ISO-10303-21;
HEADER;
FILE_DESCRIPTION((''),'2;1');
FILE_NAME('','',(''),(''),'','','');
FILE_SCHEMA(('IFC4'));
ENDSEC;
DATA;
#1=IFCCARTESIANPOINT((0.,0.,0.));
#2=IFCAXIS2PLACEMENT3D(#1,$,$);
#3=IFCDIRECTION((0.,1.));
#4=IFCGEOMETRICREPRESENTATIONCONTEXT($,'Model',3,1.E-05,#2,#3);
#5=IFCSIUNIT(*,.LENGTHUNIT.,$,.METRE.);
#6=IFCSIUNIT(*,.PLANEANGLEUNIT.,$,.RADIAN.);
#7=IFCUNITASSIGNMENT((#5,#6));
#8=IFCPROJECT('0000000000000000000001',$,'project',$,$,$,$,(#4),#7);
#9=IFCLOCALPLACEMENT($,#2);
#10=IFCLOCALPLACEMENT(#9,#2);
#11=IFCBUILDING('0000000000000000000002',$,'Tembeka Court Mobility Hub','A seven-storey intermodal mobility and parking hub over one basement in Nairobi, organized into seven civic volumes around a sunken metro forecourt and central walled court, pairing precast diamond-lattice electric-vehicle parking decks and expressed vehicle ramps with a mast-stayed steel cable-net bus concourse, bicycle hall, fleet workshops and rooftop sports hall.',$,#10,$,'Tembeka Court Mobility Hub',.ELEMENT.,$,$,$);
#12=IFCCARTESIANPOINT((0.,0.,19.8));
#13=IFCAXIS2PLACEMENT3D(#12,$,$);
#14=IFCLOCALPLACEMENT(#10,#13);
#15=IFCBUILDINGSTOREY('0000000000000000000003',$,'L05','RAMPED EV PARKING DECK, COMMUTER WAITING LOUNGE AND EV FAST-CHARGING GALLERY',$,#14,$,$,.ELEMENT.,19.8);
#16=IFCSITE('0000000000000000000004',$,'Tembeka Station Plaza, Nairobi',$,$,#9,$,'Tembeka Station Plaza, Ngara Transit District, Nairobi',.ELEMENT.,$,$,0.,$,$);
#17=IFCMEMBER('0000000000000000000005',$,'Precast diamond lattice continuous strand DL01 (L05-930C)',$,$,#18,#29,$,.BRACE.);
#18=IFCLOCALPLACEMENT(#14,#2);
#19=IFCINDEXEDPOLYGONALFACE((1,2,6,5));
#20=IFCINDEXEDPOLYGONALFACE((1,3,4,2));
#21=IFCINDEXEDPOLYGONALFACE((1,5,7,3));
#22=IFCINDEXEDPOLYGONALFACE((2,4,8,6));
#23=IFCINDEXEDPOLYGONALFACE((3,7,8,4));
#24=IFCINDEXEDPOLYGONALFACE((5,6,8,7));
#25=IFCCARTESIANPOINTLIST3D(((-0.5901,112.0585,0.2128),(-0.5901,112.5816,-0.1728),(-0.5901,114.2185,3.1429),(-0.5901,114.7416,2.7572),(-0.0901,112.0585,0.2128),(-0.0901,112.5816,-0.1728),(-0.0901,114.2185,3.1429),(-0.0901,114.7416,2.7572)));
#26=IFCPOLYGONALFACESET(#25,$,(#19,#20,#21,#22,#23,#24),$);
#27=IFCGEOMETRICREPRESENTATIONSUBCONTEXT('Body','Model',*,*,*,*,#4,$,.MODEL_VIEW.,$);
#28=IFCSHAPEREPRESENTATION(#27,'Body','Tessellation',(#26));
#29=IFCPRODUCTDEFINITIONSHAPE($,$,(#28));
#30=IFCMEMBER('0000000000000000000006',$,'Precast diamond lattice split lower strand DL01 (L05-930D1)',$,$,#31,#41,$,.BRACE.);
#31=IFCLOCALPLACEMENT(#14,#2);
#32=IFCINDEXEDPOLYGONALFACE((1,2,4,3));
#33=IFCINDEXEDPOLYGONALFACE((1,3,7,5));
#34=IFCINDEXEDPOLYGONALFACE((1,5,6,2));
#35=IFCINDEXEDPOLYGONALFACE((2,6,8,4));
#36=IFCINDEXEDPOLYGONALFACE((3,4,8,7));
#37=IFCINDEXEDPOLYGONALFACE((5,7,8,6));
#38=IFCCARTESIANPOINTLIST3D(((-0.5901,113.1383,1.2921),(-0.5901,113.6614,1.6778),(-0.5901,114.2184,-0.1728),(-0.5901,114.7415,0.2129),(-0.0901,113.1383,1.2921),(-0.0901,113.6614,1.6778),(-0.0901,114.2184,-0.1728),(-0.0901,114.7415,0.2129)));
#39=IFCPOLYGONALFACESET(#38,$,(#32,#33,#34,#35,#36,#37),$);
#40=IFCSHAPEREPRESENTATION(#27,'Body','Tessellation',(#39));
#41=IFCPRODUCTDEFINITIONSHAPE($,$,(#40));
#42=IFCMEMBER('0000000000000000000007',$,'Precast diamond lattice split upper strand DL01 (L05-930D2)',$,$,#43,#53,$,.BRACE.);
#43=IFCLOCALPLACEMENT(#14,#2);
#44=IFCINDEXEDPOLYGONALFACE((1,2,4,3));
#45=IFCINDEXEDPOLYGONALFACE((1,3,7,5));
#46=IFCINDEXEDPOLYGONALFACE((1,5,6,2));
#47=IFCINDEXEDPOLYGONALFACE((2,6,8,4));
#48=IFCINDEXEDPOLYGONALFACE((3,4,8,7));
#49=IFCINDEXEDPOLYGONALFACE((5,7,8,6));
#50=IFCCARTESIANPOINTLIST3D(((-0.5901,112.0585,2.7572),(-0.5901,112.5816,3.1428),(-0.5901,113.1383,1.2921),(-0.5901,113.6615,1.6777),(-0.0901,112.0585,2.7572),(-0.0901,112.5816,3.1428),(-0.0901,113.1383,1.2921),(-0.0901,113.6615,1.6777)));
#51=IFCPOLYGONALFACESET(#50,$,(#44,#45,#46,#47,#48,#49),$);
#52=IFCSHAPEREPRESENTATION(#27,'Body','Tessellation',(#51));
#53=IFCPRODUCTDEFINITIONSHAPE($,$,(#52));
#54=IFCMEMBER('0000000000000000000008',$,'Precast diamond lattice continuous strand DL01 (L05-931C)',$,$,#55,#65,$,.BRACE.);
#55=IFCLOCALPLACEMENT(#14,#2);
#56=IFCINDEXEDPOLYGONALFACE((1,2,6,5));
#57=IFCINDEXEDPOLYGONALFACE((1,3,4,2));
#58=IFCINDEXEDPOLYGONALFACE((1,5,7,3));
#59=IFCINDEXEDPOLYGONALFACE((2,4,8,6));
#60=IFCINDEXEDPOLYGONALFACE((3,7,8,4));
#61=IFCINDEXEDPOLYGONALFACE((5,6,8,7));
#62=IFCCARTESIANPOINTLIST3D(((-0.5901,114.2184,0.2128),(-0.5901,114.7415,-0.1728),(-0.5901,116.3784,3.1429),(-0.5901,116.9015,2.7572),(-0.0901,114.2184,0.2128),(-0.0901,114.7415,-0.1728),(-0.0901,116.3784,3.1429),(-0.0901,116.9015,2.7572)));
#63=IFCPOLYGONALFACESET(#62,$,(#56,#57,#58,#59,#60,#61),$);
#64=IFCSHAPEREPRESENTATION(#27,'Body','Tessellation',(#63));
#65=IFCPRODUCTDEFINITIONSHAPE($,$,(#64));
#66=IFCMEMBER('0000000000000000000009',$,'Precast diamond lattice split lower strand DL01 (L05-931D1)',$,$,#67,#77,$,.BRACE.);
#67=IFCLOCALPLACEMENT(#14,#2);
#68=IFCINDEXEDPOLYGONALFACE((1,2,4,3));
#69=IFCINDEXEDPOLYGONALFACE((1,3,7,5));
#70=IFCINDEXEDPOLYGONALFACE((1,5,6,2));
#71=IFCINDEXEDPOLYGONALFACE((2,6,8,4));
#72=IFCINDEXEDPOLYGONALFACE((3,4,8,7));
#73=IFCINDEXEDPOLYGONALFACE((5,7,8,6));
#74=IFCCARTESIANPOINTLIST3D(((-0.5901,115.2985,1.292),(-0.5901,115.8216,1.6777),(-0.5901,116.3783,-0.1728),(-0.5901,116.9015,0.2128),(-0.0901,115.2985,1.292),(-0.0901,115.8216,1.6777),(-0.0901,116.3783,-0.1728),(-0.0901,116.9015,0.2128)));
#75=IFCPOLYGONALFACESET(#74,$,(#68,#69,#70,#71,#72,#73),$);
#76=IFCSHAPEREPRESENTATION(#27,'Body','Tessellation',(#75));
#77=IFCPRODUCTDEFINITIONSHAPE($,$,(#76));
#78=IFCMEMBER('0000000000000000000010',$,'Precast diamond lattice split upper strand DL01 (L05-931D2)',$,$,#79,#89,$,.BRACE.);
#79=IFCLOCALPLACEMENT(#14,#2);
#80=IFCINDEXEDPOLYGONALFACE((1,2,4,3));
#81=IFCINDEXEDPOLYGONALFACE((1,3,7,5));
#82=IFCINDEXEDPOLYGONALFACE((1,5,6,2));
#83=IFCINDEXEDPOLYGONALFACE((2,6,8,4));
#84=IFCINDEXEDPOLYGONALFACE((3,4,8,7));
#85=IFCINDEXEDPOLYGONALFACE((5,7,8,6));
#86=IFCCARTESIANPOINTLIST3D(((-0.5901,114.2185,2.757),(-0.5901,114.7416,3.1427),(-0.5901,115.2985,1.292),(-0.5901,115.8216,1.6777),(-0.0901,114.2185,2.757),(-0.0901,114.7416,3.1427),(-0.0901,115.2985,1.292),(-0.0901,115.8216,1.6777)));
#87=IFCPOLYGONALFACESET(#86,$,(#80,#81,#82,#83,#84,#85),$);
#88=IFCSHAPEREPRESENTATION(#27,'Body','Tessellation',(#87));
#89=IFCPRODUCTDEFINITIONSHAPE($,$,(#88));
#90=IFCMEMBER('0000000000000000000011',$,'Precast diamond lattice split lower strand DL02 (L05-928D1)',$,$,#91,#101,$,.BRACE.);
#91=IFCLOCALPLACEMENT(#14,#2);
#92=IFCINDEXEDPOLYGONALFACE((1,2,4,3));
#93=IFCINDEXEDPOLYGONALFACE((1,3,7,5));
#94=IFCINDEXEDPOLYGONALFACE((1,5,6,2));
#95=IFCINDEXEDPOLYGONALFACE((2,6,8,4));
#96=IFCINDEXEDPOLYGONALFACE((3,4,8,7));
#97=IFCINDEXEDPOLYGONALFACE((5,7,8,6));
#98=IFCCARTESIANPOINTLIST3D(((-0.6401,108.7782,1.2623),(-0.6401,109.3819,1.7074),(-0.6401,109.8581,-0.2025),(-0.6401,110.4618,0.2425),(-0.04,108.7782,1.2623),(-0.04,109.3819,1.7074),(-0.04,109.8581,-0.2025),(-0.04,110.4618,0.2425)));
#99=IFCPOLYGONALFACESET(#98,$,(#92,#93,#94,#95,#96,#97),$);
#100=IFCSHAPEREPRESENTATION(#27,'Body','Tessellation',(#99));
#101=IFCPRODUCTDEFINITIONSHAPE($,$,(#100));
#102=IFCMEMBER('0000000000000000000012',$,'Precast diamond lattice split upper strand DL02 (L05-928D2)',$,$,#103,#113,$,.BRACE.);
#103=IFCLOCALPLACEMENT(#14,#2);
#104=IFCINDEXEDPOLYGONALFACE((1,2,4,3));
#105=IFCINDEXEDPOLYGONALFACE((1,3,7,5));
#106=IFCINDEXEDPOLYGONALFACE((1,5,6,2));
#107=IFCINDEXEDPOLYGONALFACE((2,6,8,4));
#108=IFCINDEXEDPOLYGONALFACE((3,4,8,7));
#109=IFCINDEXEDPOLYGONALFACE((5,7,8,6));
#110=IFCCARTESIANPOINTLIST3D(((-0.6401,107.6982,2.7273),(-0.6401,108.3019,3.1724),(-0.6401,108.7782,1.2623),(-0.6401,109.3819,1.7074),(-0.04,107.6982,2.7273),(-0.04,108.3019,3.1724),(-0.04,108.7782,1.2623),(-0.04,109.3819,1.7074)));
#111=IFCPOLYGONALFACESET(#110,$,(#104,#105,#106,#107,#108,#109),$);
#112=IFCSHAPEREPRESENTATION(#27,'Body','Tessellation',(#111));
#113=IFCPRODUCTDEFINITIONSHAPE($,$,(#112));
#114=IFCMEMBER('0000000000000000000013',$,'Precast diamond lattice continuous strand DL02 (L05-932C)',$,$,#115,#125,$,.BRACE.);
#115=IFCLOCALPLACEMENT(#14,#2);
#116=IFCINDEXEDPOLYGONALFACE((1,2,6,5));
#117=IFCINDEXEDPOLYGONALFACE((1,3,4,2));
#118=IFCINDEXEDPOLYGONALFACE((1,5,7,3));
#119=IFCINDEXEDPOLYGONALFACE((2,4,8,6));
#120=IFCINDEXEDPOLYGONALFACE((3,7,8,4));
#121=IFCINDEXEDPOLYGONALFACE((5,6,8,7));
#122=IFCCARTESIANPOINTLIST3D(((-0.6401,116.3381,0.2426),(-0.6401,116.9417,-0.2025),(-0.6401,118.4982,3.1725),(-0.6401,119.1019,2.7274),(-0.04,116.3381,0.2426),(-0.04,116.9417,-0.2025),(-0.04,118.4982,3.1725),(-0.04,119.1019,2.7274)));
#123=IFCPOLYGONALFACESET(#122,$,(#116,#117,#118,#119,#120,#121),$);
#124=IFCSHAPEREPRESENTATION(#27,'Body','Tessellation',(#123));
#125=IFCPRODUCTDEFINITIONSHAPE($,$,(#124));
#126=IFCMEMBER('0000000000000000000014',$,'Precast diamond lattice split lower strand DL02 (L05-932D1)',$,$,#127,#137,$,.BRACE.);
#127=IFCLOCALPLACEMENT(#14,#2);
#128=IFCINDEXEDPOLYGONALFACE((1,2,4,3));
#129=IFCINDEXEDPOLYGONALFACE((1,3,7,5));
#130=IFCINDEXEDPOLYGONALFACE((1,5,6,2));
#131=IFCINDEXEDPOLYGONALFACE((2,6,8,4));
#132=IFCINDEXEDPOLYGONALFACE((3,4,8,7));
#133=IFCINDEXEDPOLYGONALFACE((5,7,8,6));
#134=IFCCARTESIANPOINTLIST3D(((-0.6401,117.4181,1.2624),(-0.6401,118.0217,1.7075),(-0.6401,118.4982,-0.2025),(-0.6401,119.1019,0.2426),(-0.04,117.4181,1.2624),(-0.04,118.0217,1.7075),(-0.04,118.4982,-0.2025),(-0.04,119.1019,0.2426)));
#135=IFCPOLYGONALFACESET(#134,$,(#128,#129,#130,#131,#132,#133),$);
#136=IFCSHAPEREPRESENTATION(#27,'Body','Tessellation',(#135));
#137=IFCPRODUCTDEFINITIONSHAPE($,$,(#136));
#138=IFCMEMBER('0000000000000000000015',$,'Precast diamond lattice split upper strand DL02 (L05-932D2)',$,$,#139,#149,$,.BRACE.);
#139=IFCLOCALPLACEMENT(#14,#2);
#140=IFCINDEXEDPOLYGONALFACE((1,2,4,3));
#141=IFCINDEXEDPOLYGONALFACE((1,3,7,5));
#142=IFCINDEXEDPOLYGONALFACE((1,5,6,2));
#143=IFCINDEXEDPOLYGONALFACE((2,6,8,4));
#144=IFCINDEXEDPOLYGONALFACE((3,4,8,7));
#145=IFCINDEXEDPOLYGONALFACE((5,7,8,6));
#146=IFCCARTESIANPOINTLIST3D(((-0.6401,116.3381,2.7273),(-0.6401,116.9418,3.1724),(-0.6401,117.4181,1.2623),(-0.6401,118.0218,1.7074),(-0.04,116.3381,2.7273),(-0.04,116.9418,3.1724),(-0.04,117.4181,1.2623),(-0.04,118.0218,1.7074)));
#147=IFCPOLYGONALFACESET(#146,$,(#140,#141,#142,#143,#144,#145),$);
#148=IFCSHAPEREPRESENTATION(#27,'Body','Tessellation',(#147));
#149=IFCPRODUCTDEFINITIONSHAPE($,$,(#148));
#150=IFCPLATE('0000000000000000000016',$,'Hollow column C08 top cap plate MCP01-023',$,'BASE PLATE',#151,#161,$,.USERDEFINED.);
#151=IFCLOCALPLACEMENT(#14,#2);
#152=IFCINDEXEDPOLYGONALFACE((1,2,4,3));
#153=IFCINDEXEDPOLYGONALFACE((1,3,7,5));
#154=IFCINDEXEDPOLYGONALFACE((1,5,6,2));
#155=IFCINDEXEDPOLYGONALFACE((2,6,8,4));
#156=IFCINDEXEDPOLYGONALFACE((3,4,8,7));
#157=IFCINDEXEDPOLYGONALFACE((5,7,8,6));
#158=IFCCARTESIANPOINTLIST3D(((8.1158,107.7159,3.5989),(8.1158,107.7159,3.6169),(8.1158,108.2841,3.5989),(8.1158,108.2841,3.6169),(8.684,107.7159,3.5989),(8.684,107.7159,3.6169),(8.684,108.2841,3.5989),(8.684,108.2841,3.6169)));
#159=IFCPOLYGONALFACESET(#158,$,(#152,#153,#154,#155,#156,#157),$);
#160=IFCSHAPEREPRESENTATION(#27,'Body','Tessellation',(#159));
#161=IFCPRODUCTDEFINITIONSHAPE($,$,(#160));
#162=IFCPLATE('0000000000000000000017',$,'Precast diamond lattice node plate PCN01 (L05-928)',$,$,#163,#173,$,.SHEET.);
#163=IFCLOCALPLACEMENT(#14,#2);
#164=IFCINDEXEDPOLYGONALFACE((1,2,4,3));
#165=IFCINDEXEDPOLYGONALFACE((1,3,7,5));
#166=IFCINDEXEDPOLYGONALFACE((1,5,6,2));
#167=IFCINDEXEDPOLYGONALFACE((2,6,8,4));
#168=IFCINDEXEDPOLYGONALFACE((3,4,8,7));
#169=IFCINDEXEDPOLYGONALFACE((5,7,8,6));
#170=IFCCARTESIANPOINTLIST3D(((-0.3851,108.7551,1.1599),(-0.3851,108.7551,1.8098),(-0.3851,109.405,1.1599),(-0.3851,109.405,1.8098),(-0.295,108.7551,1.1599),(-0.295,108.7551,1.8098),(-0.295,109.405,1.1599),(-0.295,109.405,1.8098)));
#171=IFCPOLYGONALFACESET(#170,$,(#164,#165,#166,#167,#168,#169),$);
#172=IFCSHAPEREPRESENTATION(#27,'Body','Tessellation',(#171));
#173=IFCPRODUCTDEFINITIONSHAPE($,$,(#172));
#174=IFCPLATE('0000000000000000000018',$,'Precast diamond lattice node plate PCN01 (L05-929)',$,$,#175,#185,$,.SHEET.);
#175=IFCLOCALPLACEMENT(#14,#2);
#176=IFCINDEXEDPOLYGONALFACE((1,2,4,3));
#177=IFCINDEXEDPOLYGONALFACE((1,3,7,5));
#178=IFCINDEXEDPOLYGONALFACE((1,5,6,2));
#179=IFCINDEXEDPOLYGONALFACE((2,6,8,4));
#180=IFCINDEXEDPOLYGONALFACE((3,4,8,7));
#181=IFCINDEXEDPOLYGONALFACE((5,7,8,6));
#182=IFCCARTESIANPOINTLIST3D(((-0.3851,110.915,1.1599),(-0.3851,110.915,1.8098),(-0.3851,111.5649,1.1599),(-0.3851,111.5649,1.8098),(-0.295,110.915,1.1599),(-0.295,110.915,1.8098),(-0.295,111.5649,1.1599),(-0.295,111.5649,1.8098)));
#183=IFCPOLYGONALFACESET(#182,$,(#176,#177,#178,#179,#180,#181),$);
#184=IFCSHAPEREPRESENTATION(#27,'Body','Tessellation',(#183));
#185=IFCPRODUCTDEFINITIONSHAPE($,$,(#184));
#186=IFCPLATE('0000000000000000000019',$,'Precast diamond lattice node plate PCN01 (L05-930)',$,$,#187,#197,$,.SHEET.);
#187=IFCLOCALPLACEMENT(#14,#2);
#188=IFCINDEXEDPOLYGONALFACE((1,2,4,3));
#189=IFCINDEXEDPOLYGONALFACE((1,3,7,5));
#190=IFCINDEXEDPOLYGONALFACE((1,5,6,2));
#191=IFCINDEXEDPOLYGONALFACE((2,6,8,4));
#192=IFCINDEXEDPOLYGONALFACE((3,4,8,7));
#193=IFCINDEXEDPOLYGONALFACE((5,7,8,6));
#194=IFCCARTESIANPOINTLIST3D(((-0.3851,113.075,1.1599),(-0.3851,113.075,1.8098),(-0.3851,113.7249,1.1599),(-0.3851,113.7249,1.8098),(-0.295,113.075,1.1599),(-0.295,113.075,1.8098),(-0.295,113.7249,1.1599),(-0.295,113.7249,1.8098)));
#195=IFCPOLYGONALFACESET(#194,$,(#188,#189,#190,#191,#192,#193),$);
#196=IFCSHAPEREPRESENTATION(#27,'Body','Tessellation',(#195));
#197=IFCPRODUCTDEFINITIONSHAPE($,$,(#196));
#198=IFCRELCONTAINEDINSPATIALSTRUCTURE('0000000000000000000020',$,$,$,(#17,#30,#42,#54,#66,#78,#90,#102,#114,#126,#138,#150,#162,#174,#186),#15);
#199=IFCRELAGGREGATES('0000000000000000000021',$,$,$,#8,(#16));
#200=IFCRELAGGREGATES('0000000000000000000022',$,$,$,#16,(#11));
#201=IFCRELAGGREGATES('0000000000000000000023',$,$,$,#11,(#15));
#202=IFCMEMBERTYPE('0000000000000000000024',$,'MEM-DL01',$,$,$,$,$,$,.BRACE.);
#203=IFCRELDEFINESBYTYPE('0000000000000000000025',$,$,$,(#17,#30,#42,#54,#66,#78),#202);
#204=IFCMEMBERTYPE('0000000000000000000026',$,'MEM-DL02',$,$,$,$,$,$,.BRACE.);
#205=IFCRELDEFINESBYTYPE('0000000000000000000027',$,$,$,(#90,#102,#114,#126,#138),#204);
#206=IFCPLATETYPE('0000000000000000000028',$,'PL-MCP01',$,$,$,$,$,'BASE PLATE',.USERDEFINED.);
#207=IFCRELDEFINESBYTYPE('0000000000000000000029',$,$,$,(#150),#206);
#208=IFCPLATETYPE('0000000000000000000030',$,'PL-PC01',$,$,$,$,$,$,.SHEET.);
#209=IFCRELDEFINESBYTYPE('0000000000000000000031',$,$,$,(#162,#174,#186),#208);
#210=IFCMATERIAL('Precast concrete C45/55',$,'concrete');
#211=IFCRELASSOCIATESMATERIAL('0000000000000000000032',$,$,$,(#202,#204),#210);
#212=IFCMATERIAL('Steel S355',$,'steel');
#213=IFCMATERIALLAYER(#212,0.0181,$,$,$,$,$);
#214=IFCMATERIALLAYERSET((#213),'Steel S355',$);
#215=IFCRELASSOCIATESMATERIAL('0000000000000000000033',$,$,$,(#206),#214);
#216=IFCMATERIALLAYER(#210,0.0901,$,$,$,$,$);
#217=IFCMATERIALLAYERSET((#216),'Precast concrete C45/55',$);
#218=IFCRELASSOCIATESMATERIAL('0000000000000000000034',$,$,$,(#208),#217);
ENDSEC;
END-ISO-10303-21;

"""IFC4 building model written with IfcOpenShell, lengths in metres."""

from ifc_helpers import new_model, si_unit, direction, frame, origin, origin_2d, place, context, subcontext, project, spatial, rectangle, extrude, material, layer, layer_set, material_profile, profile_set, type_object, element, save


model = new_model("IFC4")

# Units and contexts
model_context = context("Model", 3, precision=1e-05, world=origin(), true_north=direction((0.0, 1.0)))
body_context = subcontext(model_context, "Body", "Model", "MODEL_VIEW")
ifc_project = project(units=[si_unit("LENGTHUNIT", "METRE"), si_unit("PLANEANGLEUNIT", "RADIAN")], contexts=[model_context])

# Site, building, storey
site_placement = place(None, origin())
site = spatial("IfcSite", under=ifc_project, at=site_placement, Name="Tembeka Station Plaza, Nairobi", LongName="Tembeka Station Plaza, Ngara Transit District, Nairobi", CompositionType="ELEMENT", RefElevation=0.0)
building_placement = place(site_placement, origin())
building = spatial("IfcBuilding", under=site, at=building_placement, Name="Tembeka Court Mobility Hub", Description="A seven-storey intermodal mobility and parking hub over one basement in Nairobi, organized into seven civic volumes around a sunken metro forecourt and central walled court, pairing precast diamond-lattice electric-vehicle parking decks and expressed vehicle ramps with a mast-stayed steel cable-net bus concourse, bicycle hall, fleet workshops and rooftop sports hall.", LongName="Tembeka Court Mobility Hub", CompositionType="ELEMENT")
storey_placement = place(building_placement, frame((0.0, 0.0, 19.8)))
storey = spatial("IfcBuildingStorey", under=building, at=storey_placement, Name="L05", Description="RAMPED EV PARKING DECK, COMMUTER WAITING LOUNGE AND EV FAST-CHARGING GALLERY", CompositionType="ELEMENT", Elevation=19.8)

# Shared definitions
ifc_material_1 = material(Name="Steel S355", Category="steel")

# Members
ifc_material_2 = material(Name="Precast concrete C45/55", Category="concrete")
ifc_material_profile_1 = material_profile(ifc_material_2, rectangle(XDim=0.5, YDim=0.6499, at=origin_2d()), Name="PC-DIAG 500x650")
ifc_profile_set_1 = profile_set([ifc_material_profile_1], Name="Precast concrete C45/55")
member_type_1 = type_object("IfcMemberType", Name="MEM-DL01", PredefinedType="BRACE", material=ifc_profile_set_1)
member_1_placement = place(storey_placement, frame((-0.3401, 112.3201, 0.02), z_axis=(0.0, 0.59338, 0.804923), x_axis=(-1.0, 0.0, 0.0)))
element("IfcMember", 1, at=member_1_placement, inside=storey, type_object=member_type_1, Name="Precast diamond lattice continuous strand DL01 (L05-930C)", PredefinedType="BRACE", context=body_context, shape_type="SweptSolid", body=[
    extrude(rectangle(XDim=0.5, YDim=0.6499, at=origin_2d()), origin(), (0.0, 0.0, 1.0), 3.6401),
])
for number, where, z_axis, x_axis, name in (
    (2, (-0.3401, 114.48, 0.02), (0.0, -0.593455, 0.804867), (1.0, 0.0, 0.0), "Precast diamond lattice split lower strand DL01 (L05-930D1)"),
    (3, (-0.3401, 113.3999, 1.4849), (0.0, -0.593304, 0.804978), (1.0, 0.0, 0.0), "Precast diamond lattice split upper strand DL01 (L05-930D2)"),
):
    element("IfcMember", number, at=place(storey_placement, frame(where, z_axis=z_axis, x_axis=x_axis)), inside=storey, type_object=member_type_1, Name=name, PredefinedType="BRACE", context=body_context, shape_type="SweptSolid", body=[
        extrude(rectangle(XDim=0.5, YDim=0.6499, at=origin_2d()), origin(), (0.0, 0.0, 1.0), 1.8201),
    ])
member_2_placement = place(storey_placement, frame((-0.3401, 114.48, 0.02), z_axis=(0.0, 0.59338, 0.804923), x_axis=(-1.0, 0.0, 0.0)))
element("IfcMember", 4, at=member_2_placement, inside=storey, type_object=member_type_1, Name="Precast diamond lattice continuous strand DL01 (L05-931C)", PredefinedType="BRACE", context=body_context, shape_type="SweptSolid", body=[
    extrude(rectangle(XDim=0.5, YDim=0.6499, at=origin_2d()), origin(), (0.0, 0.0, 1.0), 3.6401),
])
member_3_placement = place(storey_placement, frame((-0.3401, 116.6399, 0.02), z_axis=(0.0, -0.593368, 0.804931), x_axis=(1.0, 0.0, 0.0)))
element("IfcMember", 5, at=member_3_placement, inside=storey, type_object=member_type_1, Name="Precast diamond lattice split lower strand DL01 (L05-931D1)", PredefinedType="BRACE", context=body_context, shape_type="SweptSolid", body=[
    extrude(rectangle(XDim=0.5, YDim=0.6499, at=origin_2d()), origin(), (0.0, 0.0, 1.0), 1.8198),
])
member_4_placement = place(storey_placement, frame((-0.3401, 115.5601, 1.4849), z_axis=(0.0, -0.593391, 0.804914), x_axis=(1.0, 0.0, 0.0)))
element("IfcMember", 6, at=member_4_placement, inside=storey, type_object=member_type_1, Name="Precast diamond lattice split upper strand DL01 (L05-931D2)", PredefinedType="BRACE", context=body_context, shape_type="SweptSolid", body=[
    extrude(rectangle(XDim=0.5, YDim=0.6499, at=origin_2d()), origin(), (0.0, 0.0, 1.0), 1.8201),
])
ifc_material_profile_2 = material_profile(ifc_material_2, rectangle(XDim=0.6001, YDim=0.75, at=origin_2d()), Name="PC-DIAG 600x750")
ifc_profile_set_2 = profile_set([ifc_material_profile_2], Name="Precast concrete C45/55")
member_type_2 = type_object("IfcMemberType", Name="MEM-DL02", PredefinedType="BRACE", material=ifc_profile_set_2)
member_5_placement = place(storey_placement, frame((-0.3401, 110.1599, 0.02), z_axis=(0.0, -0.593368, 0.804931), x_axis=(1.0, 0.0, 0.0)))
element("IfcMember", 7, at=member_5_placement, inside=storey, type_object=member_type_2, Name="Precast diamond lattice split lower strand DL02 (L05-928D1)", PredefinedType="BRACE", context=body_context, shape_type="SweptSolid", body=[
    extrude(rectangle(XDim=0.6001, YDim=0.75, at=origin_2d()), origin(), (0.0, 0.0, 1.0), 1.8198),
])
member_6_placement = place(storey_placement, frame((-0.3401, 109.0801, 1.4849), z_axis=(0.0, -0.593391, 0.804914), x_axis=(1.0, 0.0, 0.0)))
element("IfcMember", 8, at=member_6_placement, inside=storey, type_object=member_type_2, Name="Precast diamond lattice split upper strand DL02 (L05-928D2)", PredefinedType="BRACE", context=body_context, shape_type="SweptSolid", body=[
    extrude(rectangle(XDim=0.6001, YDim=0.75, at=origin_2d()), origin(), (0.0, 0.0, 1.0), 1.8201),
])
member_7_placement = place(storey_placement, frame((-0.3401, 116.6399, 0.02), z_axis=(0.0, 0.593423, 0.804891), x_axis=(-1.0, 0.0, 0.0)))
element("IfcMember", 9, at=member_7_placement, inside=storey, type_object=member_type_2, Name="Precast diamond lattice continuous strand DL02 (L05-932C)", PredefinedType="BRACE", context=body_context, shape_type="SweptSolid", body=[
    extrude(rectangle(XDim=0.6001, YDim=0.75, at=origin_2d()), origin(), (0.0, 0.0, 1.0), 3.6401),
])
for number, where, z_axis, x_axis, name in (
    (10, (-0.3401, 118.8, 0.02), (0.0, -0.593455, 0.804867), (1.0, 0.0, 0.0), "Precast diamond lattice split lower strand DL02 (L05-932D1)"),
    (11, (-0.3401, 117.72, 1.4849), (0.0, -0.593391, 0.804914), (1.0, 0.0, 0.0), "Precast diamond lattice split upper strand DL02 (L05-932D2)"),
):
    element("IfcMember", number, at=place(storey_placement, frame(where, z_axis=z_axis, x_axis=x_axis)), inside=storey, type_object=member_type_2, Name=name, PredefinedType="BRACE", context=body_context, shape_type="SweptSolid", body=[
        extrude(rectangle(XDim=0.6001, YDim=0.75, at=origin_2d()), origin(), (0.0, 0.0, 1.0), 1.8201),
    ])

# Plates
ifc_layer_1 = layer(ifc_material_1, 0.0181)
ifc_layer_set_1 = layer_set([ifc_layer_1], Name="Steel S355")
plate_type_1 = type_object("IfcPlateType", Name="PL-MCP01", ElementType="BASE PLATE", PredefinedType="USERDEFINED", material=ifc_layer_set_1)
plate_placement = place(storey_placement, frame((8.3999, 108.0, 3.5989), z_axis=(0.0, 0.0, 1.0), x_axis=(1.0, 0.0, 0.0)))
element("IfcPlate", 12, at=plate_placement, inside=storey, type_object=plate_type_1, Name="Hollow column C08 top cap plate MCP01-023", ObjectType="BASE PLATE", PredefinedType="USERDEFINED", context=body_context, shape_type="SweptSolid", body=[
    extrude(rectangle(XDim=0.5681, YDim=0.5681, at=origin_2d()), origin(), (0.0, 0.0, 1.0), 0.0181),
])
ifc_layer_2 = layer(ifc_material_2, 0.0901)
ifc_layer_set_2 = layer_set([ifc_layer_2], Name="Precast concrete C45/55")
plate_type_2 = type_object("IfcPlateType", Name="PL-PC01", PredefinedType="SHEET", material=ifc_layer_set_2)
for number, where, z_axis, x_axis, name in (
    (13, (-0.3401, 109.0801, 1.1599), (0.0, 0.0, 1.0), (1.0, 0.0, 0.0), "Precast diamond lattice node plate PCN01 (L05-928)"),
    (14, (-0.3401, 111.24, 1.1599), (0.0, 0.0, 1.0), (1.0, 0.0, 0.0), "Precast diamond lattice node plate PCN01 (L05-929)"),
    (15, (-0.3401, 113.3999, 1.1599), (0.0, 0.0, 1.0), (1.0, 0.0, 0.0), "Precast diamond lattice node plate PCN01 (L05-930)"),
):
    element("IfcPlate", number, at=place(storey_placement, frame(where, z_axis=z_axis, x_axis=x_axis)), inside=storey, type_object=plate_type_2, Name=name, PredefinedType="SHEET", context=body_context, shape_type="SweptSolid", body=[
        extrude(rectangle(XDim=0.0901, YDim=0.6499, at=origin_2d()), origin(), (0.0, 0.0, 1.0), 0.6499),
    ])

save(model, "model.ifc")
